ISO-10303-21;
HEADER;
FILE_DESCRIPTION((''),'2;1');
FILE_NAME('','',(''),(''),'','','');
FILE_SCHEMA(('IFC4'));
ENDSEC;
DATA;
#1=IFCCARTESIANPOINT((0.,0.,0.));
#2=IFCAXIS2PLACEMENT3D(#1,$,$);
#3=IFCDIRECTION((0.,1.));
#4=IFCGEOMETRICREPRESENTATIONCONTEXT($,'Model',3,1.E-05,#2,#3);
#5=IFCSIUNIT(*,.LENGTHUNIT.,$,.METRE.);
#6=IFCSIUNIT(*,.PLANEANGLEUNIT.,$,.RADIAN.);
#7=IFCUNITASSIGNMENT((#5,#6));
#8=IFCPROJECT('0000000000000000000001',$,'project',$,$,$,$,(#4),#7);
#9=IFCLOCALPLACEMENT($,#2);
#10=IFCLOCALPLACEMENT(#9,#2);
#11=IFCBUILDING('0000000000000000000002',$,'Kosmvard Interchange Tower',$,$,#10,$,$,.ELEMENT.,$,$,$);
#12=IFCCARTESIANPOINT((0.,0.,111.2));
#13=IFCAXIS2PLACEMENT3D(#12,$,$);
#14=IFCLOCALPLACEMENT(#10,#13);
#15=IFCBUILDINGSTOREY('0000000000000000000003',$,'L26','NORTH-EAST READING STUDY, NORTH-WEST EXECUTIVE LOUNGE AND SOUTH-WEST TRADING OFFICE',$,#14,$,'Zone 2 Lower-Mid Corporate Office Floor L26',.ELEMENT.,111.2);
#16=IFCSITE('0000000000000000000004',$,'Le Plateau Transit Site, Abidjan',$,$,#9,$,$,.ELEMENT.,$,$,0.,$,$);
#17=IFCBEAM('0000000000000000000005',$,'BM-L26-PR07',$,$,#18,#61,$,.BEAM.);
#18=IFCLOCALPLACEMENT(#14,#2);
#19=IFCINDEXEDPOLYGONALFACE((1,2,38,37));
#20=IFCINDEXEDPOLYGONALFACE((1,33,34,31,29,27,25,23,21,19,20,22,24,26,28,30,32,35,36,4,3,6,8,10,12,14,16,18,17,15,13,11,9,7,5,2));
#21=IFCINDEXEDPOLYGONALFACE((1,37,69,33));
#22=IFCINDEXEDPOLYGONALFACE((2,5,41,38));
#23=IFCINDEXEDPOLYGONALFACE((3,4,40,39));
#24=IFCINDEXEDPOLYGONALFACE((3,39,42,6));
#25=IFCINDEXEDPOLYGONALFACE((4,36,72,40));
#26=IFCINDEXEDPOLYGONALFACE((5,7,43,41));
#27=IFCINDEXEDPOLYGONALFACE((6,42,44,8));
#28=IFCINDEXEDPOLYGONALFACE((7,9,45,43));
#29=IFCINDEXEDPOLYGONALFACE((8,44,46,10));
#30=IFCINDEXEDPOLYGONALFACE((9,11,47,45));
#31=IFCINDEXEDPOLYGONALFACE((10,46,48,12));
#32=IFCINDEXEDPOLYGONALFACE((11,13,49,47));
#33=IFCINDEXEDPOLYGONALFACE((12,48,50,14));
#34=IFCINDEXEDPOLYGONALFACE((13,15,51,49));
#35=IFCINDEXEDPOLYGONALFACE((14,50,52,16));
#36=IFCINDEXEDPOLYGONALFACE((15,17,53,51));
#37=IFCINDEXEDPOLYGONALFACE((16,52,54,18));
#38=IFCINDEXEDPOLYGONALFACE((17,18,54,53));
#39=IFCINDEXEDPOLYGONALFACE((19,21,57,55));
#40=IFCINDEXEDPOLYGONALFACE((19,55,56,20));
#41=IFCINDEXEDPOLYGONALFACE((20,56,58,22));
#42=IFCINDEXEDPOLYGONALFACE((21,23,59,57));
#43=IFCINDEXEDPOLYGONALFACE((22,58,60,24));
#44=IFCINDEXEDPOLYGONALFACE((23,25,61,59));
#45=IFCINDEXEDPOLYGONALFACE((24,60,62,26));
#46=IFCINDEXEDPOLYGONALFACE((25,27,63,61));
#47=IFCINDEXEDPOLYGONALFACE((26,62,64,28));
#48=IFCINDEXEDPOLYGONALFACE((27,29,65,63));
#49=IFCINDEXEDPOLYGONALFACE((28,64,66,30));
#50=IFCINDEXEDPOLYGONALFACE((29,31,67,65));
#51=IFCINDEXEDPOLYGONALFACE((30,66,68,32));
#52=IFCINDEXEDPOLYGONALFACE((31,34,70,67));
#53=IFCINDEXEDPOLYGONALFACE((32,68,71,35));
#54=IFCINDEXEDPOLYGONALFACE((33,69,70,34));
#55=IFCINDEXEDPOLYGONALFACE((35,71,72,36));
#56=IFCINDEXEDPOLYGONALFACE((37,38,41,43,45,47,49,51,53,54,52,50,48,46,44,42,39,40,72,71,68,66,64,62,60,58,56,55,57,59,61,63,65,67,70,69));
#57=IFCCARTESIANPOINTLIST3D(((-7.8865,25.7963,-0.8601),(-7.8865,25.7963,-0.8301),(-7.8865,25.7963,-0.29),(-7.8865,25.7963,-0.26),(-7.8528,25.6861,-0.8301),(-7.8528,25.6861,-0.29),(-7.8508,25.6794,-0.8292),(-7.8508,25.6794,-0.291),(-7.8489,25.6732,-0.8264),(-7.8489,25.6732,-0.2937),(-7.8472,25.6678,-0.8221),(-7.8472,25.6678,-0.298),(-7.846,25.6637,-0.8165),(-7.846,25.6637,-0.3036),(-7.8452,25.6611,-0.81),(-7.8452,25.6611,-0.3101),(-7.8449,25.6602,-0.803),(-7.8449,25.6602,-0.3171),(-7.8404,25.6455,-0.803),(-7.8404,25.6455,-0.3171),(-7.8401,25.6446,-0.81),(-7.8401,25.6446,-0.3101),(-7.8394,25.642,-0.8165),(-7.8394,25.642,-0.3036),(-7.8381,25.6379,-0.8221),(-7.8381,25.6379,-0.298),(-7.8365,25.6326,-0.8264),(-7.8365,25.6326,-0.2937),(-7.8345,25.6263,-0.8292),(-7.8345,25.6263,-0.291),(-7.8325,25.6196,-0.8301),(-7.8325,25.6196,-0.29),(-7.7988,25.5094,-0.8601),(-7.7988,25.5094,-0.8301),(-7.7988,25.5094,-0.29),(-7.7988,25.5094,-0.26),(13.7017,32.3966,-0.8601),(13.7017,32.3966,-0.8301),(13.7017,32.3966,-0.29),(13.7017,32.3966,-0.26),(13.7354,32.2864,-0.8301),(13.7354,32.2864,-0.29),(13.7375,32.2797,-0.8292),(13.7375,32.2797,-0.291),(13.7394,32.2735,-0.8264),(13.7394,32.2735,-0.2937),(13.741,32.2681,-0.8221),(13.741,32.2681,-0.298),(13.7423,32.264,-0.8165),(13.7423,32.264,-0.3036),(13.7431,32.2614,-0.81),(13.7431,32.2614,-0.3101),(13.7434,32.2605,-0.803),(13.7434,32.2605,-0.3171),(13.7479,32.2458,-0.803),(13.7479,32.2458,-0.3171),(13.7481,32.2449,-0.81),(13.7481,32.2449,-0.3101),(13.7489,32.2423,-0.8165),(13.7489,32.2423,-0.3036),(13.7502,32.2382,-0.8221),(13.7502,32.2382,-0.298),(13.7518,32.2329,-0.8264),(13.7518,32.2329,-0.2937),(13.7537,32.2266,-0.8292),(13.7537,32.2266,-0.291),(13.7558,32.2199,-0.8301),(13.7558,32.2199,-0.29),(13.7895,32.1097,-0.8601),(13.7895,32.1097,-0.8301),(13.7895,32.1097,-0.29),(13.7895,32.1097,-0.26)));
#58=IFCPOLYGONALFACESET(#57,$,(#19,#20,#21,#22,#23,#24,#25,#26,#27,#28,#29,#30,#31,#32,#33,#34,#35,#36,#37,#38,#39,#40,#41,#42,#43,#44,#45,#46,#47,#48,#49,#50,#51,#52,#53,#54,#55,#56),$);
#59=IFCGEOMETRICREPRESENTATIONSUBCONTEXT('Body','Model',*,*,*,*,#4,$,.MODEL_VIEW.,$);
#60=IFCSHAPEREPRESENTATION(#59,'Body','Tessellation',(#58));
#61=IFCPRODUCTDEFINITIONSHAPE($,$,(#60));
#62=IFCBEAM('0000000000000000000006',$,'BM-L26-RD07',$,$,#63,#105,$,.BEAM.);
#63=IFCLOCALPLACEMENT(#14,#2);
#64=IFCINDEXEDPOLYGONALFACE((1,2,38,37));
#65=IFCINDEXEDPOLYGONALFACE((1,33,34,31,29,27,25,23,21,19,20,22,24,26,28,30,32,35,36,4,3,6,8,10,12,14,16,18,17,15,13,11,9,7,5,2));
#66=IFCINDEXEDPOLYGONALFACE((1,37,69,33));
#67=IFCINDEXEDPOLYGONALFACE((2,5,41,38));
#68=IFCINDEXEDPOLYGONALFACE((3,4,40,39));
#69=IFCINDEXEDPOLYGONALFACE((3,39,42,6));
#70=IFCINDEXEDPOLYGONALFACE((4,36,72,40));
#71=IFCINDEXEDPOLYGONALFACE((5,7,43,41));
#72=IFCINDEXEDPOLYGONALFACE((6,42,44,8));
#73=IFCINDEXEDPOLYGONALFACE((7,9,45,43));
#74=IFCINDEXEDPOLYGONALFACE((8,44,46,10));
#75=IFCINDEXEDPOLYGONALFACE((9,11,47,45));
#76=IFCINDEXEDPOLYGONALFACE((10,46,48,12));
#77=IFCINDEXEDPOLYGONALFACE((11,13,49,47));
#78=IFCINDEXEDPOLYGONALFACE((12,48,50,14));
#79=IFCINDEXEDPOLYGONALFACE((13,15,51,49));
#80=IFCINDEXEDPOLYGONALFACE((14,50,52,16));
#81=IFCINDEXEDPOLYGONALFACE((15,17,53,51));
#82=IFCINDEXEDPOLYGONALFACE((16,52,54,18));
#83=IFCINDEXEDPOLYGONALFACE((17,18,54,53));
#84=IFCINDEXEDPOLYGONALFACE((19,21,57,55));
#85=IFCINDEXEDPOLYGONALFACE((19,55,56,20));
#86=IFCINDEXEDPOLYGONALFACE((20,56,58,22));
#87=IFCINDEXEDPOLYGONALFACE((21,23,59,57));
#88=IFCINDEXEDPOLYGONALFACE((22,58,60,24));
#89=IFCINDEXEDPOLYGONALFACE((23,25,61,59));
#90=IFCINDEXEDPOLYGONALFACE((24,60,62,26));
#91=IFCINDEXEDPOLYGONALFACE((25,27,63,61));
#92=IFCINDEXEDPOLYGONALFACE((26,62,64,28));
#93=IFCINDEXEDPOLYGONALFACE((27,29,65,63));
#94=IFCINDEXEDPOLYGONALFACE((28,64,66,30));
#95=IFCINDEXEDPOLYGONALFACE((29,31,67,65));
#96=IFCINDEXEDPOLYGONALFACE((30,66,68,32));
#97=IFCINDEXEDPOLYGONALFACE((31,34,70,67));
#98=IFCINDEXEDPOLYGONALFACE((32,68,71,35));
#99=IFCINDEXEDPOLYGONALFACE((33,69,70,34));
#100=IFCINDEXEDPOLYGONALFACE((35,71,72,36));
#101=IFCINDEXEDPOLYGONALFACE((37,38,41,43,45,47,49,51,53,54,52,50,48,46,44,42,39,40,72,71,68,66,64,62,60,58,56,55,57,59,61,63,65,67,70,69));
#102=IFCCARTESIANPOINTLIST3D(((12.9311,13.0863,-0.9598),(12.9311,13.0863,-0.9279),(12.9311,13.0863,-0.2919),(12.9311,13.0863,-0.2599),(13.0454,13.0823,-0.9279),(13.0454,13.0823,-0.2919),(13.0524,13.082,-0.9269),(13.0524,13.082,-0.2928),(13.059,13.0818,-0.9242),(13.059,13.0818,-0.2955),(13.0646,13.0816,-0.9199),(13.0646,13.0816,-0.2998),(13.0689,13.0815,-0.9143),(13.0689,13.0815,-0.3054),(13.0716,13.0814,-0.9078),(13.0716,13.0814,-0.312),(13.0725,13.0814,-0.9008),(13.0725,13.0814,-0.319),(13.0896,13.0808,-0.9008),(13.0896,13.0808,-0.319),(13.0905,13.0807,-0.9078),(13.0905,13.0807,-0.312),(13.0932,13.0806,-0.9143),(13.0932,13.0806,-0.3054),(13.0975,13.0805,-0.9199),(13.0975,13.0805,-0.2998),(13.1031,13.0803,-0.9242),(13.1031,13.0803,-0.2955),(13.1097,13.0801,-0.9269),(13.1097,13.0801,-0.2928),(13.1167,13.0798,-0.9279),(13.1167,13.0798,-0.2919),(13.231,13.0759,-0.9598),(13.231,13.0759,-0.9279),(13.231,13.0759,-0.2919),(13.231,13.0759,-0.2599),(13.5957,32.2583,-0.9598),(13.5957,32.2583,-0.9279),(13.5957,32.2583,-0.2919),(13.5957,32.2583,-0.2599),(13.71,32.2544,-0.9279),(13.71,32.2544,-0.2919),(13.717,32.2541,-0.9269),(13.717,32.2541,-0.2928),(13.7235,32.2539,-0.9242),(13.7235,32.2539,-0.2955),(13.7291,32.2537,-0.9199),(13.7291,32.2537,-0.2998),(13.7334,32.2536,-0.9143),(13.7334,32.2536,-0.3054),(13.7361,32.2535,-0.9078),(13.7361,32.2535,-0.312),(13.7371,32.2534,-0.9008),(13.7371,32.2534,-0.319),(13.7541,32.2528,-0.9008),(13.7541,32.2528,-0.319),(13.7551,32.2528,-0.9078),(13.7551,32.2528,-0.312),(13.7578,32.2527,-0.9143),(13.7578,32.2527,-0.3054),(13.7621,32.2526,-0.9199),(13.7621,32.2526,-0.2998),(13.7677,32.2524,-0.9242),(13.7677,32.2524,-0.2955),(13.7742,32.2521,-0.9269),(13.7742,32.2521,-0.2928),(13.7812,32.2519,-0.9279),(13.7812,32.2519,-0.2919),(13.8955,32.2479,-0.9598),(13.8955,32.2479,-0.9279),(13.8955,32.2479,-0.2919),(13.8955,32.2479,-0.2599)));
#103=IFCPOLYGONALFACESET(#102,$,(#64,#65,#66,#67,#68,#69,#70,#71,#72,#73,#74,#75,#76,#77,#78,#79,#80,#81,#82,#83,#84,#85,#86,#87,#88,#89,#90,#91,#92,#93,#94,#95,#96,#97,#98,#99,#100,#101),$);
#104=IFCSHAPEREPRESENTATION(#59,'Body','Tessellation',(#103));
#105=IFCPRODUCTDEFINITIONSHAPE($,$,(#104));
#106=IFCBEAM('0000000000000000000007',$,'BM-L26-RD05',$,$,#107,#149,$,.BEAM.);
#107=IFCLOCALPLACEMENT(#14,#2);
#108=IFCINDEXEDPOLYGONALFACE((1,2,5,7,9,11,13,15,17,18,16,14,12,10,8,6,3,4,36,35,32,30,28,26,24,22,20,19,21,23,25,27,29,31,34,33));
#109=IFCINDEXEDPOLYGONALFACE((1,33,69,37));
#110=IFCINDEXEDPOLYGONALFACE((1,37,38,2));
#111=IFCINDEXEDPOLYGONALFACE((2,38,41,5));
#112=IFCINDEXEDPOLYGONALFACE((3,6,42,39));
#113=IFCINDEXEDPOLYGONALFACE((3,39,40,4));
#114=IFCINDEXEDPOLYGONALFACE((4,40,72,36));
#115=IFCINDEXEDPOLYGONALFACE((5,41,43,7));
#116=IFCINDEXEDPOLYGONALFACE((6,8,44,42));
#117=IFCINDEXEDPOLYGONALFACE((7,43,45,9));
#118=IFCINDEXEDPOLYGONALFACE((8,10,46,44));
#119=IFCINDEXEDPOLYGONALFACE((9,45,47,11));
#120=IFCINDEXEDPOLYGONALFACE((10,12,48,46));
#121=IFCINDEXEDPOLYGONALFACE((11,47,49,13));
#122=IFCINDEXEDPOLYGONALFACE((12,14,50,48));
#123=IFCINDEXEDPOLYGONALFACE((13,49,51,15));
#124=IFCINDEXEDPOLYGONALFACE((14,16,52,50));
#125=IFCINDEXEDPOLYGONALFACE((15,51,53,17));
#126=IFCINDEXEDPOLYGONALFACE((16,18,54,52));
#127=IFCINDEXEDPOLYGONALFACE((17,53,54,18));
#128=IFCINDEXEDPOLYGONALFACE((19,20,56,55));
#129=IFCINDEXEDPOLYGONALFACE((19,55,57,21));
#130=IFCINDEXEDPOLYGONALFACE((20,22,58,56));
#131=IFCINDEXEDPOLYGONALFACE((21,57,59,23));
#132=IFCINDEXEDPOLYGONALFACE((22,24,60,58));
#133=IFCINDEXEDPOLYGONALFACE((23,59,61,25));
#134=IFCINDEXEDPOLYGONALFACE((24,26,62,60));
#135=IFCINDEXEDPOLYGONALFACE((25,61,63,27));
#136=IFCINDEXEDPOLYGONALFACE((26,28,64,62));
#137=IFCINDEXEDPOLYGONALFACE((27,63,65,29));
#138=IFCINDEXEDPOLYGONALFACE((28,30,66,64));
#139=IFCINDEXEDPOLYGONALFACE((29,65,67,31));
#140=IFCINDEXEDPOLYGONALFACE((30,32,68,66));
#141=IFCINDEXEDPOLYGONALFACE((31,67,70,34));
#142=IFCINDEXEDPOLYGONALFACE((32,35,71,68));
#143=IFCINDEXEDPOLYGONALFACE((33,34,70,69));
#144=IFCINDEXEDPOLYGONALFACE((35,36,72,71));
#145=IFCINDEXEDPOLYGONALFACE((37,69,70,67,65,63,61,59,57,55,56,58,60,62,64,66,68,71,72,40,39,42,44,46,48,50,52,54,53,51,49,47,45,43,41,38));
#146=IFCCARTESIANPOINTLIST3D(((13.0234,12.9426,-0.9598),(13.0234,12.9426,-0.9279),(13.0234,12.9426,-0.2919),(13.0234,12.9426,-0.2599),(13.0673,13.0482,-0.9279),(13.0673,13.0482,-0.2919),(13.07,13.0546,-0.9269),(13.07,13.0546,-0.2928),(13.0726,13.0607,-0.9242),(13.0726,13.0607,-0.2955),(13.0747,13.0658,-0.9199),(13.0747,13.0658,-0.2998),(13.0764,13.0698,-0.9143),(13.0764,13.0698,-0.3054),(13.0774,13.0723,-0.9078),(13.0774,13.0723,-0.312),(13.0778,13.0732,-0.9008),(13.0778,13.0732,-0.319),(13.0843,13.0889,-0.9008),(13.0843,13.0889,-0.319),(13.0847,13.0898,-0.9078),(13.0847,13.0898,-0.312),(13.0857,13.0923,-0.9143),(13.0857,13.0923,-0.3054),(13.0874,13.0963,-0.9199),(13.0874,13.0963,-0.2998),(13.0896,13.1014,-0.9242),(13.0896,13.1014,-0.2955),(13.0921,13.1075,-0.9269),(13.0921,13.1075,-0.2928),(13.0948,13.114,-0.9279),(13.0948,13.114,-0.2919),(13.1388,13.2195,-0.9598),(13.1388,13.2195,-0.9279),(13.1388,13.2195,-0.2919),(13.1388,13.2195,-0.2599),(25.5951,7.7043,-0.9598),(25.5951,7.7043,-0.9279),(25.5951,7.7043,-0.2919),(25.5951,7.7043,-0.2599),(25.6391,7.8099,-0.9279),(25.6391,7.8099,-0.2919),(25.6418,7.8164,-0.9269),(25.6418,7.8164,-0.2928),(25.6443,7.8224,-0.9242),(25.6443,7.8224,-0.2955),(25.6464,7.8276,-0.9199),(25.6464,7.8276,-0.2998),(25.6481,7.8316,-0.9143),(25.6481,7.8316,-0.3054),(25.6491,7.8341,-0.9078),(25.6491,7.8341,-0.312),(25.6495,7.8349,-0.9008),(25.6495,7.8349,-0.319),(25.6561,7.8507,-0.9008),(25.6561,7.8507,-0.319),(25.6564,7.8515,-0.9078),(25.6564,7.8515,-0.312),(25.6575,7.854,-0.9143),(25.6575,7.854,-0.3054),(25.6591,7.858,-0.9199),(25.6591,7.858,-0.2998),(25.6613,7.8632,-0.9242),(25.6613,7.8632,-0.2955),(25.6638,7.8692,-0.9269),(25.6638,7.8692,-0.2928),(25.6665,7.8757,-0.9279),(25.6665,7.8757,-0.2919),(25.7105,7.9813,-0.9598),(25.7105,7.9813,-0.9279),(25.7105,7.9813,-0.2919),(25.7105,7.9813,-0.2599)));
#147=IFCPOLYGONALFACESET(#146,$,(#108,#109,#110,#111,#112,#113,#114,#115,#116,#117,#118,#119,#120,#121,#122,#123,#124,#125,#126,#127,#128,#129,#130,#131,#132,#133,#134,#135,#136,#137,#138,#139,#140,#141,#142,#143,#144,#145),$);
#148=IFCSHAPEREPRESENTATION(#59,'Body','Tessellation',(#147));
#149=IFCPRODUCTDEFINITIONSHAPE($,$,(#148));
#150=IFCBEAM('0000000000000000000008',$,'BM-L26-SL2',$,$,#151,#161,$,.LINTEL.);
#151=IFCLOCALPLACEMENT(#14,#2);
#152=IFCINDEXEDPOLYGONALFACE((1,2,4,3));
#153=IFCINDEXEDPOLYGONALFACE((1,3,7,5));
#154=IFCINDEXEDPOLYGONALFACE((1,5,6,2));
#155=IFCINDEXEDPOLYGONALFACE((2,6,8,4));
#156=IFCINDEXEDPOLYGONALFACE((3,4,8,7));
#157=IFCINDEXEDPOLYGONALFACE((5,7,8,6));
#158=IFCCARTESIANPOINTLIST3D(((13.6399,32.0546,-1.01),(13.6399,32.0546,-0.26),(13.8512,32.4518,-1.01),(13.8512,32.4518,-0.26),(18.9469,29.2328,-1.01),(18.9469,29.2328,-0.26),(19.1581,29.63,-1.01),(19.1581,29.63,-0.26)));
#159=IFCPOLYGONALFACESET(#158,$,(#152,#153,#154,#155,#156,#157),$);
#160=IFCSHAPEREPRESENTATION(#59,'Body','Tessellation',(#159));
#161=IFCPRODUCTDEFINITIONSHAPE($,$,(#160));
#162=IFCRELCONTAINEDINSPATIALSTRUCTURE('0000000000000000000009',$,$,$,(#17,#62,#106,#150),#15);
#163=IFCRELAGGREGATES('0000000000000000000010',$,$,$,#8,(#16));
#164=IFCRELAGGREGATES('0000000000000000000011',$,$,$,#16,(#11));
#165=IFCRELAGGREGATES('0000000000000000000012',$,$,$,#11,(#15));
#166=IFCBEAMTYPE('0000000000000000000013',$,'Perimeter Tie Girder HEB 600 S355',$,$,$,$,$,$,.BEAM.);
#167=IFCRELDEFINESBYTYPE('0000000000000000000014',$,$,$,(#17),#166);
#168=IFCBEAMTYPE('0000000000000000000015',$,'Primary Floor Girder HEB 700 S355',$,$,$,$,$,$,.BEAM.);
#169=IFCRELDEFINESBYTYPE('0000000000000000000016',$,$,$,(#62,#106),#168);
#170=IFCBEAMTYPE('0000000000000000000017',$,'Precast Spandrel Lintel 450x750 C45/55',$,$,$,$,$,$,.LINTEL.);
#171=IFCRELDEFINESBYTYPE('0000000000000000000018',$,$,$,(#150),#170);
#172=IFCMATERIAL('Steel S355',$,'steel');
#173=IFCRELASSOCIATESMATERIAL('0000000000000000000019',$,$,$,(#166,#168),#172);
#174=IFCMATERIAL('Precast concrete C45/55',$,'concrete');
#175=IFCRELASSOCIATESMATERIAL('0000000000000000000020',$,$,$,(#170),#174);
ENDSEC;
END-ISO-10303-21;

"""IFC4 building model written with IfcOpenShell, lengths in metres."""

from ifc_helpers import new_model, si_unit, direction, frame, origin, origin_2d, place, context, subcontext, project, spatial, rectangle, i_section, extrude, source, transform, mapped, material, material_profile, profile_set, type_object, element, save


model = new_model("IFC4")

# Units and contexts
model_context = context("Model", 3, precision=1e-05, world=origin(), true_north=direction((0.0, 1.0)))
body_context = subcontext(model_context, "Body", "Model", "MODEL_VIEW")
ifc_project = project(units=[si_unit("LENGTHUNIT", "METRE"), si_unit("PLANEANGLEUNIT", "RADIAN")], contexts=[model_context])

# Site, building, storey
site_placement = place(None, origin())
site = spatial("IfcSite", under=ifc_project, at=site_placement, Name="Le Plateau Transit Site, Abidjan", CompositionType="ELEMENT", RefElevation=0.0)
building_placement = place(site_placement, origin())
building = spatial("IfcBuilding", under=site, at=building_placement, Name="Kosmvard Interchange Tower", CompositionType="ELEMENT")
storey_placement = place(building_placement, frame((0.0, 0.0, 111.2)))
storey = spatial("IfcBuildingStorey", under=building, at=storey_placement, Name="L26", Description="NORTH-EAST READING STUDY, NORTH-WEST EXECUTIVE LOUNGE AND SOUTH-WEST TRADING OFFICE", LongName="Zone 2 Lower-Mid Corporate Office Floor L26", CompositionType="ELEMENT", Elevation=111.2)

# Beams
ifc_material_1 = material(Name="Steel S355", Category="steel")
ifc_material_profile_1 = material_profile(ifc_material_1, i_section(OverallWidth=0.3, OverallDepth=0.6001, WebThickness=0.0154, FlangeThickness=0.03, FilletRadius=0.0271, at=origin_2d()), Name="HEB 600")
ifc_profile_set_1 = profile_set([ifc_material_profile_1], Name="Steel S355")
beam_type_1 = type_object("IfcBeamType", Name="Perimeter Tie Girder HEB 600 S355", PredefinedType="BEAM", material=ifc_profile_set_1)
shared_shape_1 = source(origin(), body_context, "Body", "SweptSolid", [
    extrude(i_section(OverallWidth=0.3, OverallDepth=0.6001, WebThickness=0.0154, FlangeThickness=0.03, FilletRadius=0.0271, at=origin_2d()), origin(), (0.0, 0.0, 1.0), 22.5747),
])
beam_1_placement = place(storey_placement, frame((13.7456, 32.2532, -0.5601), z_axis=(-0.956303, -0.292376, 0.0), x_axis=(0.292376, -0.956303, 0.0)))
element("IfcBeam", 1, at=beam_1_placement, inside=storey, type_object=beam_type_1, Name="BM-L26-PR07", PredefinedType="BEAM", context=body_context, shape_type="MappedRepresentation", body=[
    mapped(shared_shape_1, transform((0.0, 0.0, 0.0), scale=1.0)),
])
ifc_material_profile_2 = material_profile(ifc_material_1, i_section(OverallWidth=0.3, OverallDepth=0.7, WebThickness=0.0171, FlangeThickness=0.032, FilletRadius=0.0271, at=origin_2d()), Name="HEB 700")
ifc_profile_set_2 = profile_set([ifc_material_profile_2], Name="Steel S355")
beam_type_2 = type_object("IfcBeamType", Name="Primary Floor Girder HEB 700 S355", PredefinedType="BEAM", material=ifc_profile_set_2)
shared_shape_2 = source(origin(), body_context, "Body", "SweptSolid", [
    extrude(i_section(OverallWidth=0.3, OverallDepth=0.7, WebThickness=0.0171, FlangeThickness=0.032, FilletRadius=0.0271, at=origin_2d()), origin(), (0.0, 0.0, 1.0), 19.1836),
])
beam_2_placement = place(storey_placement, frame((13.0811, 13.0811, -0.6099), z_axis=(0.034642, 0.9994, 0.0), x_axis=(-0.9994, 0.034642, 0.0)))
element("IfcBeam", 2, at=beam_2_placement, inside=storey, type_object=beam_type_2, Name="BM-L26-RD07", PredefinedType="BEAM", context=body_context, shape_type="MappedRepresentation", body=[
    mapped(shared_shape_2, transform((0.0, 0.0, 0.0), scale=1.0)),
])
shared_shape_3 = source(origin(), body_context, "Body", "SweptSolid", [
    extrude(i_section(OverallWidth=0.3, OverallDepth=0.7, WebThickness=0.0171, FlangeThickness=0.032, FilletRadius=0.0271, at=origin_2d()), origin(), (0.0, 0.0, 1.0), 13.6194),
])
beam_3_placement = place(storey_placement, frame((13.0811, 13.0811, -0.6099), z_axis=(0.923076, -0.384618, 0.0), x_axis=(0.384618, 0.923076, 0.0)))
element("IfcBeam", 3, at=beam_3_placement, inside=storey, type_object=beam_type_2, Name="BM-L26-RD05", PredefinedType="BEAM", context=body_context, shape_type="MappedRepresentation", body=[
    mapped(shared_shape_3, transform((0.0, 0.0, 0.0), scale=1.0)),
])
ifc_material_2 = material(Name="Precast concrete C45/55", Category="concrete")
ifc_material_profile_3 = material_profile(ifc_material_2, rectangle(XDim=0.45, YDim=0.75, at=origin_2d()), Name="SL 450x750")
ifc_profile_set_3 = profile_set([ifc_material_profile_3], Name="Precast concrete C45/55")
beam_type_3 = type_object("IfcBeamType", Name="Precast Spandrel Lintel 450x750 C45/55", PredefinedType="LINTEL", material=ifc_profile_set_3)
shared_shape_4 = source(origin(), body_context, "Body", "SweptSolid", [
    extrude(rectangle(XDim=0.45, YDim=0.75, at=origin_2d()), origin(), (0.0, 0.0, 1.0), 6.0105),
])
beam_4_placement = place(storey_placement, frame((19.0525, 29.4314, -0.635), z_axis=(-0.882944, 0.469479, 0.0), x_axis=(-0.469479, -0.882944, 0.0)))
element("IfcBeam", 4, at=beam_4_placement, inside=storey, type_object=beam_type_3, Name="BM-L26-SL2", PredefinedType="LINTEL", context=body_context, shape_type="MappedRepresentation", body=[
    mapped(shared_shape_4, transform((0.0, 0.0, 0.0), scale=1.0)),
])

save(model, "model.ifc")
